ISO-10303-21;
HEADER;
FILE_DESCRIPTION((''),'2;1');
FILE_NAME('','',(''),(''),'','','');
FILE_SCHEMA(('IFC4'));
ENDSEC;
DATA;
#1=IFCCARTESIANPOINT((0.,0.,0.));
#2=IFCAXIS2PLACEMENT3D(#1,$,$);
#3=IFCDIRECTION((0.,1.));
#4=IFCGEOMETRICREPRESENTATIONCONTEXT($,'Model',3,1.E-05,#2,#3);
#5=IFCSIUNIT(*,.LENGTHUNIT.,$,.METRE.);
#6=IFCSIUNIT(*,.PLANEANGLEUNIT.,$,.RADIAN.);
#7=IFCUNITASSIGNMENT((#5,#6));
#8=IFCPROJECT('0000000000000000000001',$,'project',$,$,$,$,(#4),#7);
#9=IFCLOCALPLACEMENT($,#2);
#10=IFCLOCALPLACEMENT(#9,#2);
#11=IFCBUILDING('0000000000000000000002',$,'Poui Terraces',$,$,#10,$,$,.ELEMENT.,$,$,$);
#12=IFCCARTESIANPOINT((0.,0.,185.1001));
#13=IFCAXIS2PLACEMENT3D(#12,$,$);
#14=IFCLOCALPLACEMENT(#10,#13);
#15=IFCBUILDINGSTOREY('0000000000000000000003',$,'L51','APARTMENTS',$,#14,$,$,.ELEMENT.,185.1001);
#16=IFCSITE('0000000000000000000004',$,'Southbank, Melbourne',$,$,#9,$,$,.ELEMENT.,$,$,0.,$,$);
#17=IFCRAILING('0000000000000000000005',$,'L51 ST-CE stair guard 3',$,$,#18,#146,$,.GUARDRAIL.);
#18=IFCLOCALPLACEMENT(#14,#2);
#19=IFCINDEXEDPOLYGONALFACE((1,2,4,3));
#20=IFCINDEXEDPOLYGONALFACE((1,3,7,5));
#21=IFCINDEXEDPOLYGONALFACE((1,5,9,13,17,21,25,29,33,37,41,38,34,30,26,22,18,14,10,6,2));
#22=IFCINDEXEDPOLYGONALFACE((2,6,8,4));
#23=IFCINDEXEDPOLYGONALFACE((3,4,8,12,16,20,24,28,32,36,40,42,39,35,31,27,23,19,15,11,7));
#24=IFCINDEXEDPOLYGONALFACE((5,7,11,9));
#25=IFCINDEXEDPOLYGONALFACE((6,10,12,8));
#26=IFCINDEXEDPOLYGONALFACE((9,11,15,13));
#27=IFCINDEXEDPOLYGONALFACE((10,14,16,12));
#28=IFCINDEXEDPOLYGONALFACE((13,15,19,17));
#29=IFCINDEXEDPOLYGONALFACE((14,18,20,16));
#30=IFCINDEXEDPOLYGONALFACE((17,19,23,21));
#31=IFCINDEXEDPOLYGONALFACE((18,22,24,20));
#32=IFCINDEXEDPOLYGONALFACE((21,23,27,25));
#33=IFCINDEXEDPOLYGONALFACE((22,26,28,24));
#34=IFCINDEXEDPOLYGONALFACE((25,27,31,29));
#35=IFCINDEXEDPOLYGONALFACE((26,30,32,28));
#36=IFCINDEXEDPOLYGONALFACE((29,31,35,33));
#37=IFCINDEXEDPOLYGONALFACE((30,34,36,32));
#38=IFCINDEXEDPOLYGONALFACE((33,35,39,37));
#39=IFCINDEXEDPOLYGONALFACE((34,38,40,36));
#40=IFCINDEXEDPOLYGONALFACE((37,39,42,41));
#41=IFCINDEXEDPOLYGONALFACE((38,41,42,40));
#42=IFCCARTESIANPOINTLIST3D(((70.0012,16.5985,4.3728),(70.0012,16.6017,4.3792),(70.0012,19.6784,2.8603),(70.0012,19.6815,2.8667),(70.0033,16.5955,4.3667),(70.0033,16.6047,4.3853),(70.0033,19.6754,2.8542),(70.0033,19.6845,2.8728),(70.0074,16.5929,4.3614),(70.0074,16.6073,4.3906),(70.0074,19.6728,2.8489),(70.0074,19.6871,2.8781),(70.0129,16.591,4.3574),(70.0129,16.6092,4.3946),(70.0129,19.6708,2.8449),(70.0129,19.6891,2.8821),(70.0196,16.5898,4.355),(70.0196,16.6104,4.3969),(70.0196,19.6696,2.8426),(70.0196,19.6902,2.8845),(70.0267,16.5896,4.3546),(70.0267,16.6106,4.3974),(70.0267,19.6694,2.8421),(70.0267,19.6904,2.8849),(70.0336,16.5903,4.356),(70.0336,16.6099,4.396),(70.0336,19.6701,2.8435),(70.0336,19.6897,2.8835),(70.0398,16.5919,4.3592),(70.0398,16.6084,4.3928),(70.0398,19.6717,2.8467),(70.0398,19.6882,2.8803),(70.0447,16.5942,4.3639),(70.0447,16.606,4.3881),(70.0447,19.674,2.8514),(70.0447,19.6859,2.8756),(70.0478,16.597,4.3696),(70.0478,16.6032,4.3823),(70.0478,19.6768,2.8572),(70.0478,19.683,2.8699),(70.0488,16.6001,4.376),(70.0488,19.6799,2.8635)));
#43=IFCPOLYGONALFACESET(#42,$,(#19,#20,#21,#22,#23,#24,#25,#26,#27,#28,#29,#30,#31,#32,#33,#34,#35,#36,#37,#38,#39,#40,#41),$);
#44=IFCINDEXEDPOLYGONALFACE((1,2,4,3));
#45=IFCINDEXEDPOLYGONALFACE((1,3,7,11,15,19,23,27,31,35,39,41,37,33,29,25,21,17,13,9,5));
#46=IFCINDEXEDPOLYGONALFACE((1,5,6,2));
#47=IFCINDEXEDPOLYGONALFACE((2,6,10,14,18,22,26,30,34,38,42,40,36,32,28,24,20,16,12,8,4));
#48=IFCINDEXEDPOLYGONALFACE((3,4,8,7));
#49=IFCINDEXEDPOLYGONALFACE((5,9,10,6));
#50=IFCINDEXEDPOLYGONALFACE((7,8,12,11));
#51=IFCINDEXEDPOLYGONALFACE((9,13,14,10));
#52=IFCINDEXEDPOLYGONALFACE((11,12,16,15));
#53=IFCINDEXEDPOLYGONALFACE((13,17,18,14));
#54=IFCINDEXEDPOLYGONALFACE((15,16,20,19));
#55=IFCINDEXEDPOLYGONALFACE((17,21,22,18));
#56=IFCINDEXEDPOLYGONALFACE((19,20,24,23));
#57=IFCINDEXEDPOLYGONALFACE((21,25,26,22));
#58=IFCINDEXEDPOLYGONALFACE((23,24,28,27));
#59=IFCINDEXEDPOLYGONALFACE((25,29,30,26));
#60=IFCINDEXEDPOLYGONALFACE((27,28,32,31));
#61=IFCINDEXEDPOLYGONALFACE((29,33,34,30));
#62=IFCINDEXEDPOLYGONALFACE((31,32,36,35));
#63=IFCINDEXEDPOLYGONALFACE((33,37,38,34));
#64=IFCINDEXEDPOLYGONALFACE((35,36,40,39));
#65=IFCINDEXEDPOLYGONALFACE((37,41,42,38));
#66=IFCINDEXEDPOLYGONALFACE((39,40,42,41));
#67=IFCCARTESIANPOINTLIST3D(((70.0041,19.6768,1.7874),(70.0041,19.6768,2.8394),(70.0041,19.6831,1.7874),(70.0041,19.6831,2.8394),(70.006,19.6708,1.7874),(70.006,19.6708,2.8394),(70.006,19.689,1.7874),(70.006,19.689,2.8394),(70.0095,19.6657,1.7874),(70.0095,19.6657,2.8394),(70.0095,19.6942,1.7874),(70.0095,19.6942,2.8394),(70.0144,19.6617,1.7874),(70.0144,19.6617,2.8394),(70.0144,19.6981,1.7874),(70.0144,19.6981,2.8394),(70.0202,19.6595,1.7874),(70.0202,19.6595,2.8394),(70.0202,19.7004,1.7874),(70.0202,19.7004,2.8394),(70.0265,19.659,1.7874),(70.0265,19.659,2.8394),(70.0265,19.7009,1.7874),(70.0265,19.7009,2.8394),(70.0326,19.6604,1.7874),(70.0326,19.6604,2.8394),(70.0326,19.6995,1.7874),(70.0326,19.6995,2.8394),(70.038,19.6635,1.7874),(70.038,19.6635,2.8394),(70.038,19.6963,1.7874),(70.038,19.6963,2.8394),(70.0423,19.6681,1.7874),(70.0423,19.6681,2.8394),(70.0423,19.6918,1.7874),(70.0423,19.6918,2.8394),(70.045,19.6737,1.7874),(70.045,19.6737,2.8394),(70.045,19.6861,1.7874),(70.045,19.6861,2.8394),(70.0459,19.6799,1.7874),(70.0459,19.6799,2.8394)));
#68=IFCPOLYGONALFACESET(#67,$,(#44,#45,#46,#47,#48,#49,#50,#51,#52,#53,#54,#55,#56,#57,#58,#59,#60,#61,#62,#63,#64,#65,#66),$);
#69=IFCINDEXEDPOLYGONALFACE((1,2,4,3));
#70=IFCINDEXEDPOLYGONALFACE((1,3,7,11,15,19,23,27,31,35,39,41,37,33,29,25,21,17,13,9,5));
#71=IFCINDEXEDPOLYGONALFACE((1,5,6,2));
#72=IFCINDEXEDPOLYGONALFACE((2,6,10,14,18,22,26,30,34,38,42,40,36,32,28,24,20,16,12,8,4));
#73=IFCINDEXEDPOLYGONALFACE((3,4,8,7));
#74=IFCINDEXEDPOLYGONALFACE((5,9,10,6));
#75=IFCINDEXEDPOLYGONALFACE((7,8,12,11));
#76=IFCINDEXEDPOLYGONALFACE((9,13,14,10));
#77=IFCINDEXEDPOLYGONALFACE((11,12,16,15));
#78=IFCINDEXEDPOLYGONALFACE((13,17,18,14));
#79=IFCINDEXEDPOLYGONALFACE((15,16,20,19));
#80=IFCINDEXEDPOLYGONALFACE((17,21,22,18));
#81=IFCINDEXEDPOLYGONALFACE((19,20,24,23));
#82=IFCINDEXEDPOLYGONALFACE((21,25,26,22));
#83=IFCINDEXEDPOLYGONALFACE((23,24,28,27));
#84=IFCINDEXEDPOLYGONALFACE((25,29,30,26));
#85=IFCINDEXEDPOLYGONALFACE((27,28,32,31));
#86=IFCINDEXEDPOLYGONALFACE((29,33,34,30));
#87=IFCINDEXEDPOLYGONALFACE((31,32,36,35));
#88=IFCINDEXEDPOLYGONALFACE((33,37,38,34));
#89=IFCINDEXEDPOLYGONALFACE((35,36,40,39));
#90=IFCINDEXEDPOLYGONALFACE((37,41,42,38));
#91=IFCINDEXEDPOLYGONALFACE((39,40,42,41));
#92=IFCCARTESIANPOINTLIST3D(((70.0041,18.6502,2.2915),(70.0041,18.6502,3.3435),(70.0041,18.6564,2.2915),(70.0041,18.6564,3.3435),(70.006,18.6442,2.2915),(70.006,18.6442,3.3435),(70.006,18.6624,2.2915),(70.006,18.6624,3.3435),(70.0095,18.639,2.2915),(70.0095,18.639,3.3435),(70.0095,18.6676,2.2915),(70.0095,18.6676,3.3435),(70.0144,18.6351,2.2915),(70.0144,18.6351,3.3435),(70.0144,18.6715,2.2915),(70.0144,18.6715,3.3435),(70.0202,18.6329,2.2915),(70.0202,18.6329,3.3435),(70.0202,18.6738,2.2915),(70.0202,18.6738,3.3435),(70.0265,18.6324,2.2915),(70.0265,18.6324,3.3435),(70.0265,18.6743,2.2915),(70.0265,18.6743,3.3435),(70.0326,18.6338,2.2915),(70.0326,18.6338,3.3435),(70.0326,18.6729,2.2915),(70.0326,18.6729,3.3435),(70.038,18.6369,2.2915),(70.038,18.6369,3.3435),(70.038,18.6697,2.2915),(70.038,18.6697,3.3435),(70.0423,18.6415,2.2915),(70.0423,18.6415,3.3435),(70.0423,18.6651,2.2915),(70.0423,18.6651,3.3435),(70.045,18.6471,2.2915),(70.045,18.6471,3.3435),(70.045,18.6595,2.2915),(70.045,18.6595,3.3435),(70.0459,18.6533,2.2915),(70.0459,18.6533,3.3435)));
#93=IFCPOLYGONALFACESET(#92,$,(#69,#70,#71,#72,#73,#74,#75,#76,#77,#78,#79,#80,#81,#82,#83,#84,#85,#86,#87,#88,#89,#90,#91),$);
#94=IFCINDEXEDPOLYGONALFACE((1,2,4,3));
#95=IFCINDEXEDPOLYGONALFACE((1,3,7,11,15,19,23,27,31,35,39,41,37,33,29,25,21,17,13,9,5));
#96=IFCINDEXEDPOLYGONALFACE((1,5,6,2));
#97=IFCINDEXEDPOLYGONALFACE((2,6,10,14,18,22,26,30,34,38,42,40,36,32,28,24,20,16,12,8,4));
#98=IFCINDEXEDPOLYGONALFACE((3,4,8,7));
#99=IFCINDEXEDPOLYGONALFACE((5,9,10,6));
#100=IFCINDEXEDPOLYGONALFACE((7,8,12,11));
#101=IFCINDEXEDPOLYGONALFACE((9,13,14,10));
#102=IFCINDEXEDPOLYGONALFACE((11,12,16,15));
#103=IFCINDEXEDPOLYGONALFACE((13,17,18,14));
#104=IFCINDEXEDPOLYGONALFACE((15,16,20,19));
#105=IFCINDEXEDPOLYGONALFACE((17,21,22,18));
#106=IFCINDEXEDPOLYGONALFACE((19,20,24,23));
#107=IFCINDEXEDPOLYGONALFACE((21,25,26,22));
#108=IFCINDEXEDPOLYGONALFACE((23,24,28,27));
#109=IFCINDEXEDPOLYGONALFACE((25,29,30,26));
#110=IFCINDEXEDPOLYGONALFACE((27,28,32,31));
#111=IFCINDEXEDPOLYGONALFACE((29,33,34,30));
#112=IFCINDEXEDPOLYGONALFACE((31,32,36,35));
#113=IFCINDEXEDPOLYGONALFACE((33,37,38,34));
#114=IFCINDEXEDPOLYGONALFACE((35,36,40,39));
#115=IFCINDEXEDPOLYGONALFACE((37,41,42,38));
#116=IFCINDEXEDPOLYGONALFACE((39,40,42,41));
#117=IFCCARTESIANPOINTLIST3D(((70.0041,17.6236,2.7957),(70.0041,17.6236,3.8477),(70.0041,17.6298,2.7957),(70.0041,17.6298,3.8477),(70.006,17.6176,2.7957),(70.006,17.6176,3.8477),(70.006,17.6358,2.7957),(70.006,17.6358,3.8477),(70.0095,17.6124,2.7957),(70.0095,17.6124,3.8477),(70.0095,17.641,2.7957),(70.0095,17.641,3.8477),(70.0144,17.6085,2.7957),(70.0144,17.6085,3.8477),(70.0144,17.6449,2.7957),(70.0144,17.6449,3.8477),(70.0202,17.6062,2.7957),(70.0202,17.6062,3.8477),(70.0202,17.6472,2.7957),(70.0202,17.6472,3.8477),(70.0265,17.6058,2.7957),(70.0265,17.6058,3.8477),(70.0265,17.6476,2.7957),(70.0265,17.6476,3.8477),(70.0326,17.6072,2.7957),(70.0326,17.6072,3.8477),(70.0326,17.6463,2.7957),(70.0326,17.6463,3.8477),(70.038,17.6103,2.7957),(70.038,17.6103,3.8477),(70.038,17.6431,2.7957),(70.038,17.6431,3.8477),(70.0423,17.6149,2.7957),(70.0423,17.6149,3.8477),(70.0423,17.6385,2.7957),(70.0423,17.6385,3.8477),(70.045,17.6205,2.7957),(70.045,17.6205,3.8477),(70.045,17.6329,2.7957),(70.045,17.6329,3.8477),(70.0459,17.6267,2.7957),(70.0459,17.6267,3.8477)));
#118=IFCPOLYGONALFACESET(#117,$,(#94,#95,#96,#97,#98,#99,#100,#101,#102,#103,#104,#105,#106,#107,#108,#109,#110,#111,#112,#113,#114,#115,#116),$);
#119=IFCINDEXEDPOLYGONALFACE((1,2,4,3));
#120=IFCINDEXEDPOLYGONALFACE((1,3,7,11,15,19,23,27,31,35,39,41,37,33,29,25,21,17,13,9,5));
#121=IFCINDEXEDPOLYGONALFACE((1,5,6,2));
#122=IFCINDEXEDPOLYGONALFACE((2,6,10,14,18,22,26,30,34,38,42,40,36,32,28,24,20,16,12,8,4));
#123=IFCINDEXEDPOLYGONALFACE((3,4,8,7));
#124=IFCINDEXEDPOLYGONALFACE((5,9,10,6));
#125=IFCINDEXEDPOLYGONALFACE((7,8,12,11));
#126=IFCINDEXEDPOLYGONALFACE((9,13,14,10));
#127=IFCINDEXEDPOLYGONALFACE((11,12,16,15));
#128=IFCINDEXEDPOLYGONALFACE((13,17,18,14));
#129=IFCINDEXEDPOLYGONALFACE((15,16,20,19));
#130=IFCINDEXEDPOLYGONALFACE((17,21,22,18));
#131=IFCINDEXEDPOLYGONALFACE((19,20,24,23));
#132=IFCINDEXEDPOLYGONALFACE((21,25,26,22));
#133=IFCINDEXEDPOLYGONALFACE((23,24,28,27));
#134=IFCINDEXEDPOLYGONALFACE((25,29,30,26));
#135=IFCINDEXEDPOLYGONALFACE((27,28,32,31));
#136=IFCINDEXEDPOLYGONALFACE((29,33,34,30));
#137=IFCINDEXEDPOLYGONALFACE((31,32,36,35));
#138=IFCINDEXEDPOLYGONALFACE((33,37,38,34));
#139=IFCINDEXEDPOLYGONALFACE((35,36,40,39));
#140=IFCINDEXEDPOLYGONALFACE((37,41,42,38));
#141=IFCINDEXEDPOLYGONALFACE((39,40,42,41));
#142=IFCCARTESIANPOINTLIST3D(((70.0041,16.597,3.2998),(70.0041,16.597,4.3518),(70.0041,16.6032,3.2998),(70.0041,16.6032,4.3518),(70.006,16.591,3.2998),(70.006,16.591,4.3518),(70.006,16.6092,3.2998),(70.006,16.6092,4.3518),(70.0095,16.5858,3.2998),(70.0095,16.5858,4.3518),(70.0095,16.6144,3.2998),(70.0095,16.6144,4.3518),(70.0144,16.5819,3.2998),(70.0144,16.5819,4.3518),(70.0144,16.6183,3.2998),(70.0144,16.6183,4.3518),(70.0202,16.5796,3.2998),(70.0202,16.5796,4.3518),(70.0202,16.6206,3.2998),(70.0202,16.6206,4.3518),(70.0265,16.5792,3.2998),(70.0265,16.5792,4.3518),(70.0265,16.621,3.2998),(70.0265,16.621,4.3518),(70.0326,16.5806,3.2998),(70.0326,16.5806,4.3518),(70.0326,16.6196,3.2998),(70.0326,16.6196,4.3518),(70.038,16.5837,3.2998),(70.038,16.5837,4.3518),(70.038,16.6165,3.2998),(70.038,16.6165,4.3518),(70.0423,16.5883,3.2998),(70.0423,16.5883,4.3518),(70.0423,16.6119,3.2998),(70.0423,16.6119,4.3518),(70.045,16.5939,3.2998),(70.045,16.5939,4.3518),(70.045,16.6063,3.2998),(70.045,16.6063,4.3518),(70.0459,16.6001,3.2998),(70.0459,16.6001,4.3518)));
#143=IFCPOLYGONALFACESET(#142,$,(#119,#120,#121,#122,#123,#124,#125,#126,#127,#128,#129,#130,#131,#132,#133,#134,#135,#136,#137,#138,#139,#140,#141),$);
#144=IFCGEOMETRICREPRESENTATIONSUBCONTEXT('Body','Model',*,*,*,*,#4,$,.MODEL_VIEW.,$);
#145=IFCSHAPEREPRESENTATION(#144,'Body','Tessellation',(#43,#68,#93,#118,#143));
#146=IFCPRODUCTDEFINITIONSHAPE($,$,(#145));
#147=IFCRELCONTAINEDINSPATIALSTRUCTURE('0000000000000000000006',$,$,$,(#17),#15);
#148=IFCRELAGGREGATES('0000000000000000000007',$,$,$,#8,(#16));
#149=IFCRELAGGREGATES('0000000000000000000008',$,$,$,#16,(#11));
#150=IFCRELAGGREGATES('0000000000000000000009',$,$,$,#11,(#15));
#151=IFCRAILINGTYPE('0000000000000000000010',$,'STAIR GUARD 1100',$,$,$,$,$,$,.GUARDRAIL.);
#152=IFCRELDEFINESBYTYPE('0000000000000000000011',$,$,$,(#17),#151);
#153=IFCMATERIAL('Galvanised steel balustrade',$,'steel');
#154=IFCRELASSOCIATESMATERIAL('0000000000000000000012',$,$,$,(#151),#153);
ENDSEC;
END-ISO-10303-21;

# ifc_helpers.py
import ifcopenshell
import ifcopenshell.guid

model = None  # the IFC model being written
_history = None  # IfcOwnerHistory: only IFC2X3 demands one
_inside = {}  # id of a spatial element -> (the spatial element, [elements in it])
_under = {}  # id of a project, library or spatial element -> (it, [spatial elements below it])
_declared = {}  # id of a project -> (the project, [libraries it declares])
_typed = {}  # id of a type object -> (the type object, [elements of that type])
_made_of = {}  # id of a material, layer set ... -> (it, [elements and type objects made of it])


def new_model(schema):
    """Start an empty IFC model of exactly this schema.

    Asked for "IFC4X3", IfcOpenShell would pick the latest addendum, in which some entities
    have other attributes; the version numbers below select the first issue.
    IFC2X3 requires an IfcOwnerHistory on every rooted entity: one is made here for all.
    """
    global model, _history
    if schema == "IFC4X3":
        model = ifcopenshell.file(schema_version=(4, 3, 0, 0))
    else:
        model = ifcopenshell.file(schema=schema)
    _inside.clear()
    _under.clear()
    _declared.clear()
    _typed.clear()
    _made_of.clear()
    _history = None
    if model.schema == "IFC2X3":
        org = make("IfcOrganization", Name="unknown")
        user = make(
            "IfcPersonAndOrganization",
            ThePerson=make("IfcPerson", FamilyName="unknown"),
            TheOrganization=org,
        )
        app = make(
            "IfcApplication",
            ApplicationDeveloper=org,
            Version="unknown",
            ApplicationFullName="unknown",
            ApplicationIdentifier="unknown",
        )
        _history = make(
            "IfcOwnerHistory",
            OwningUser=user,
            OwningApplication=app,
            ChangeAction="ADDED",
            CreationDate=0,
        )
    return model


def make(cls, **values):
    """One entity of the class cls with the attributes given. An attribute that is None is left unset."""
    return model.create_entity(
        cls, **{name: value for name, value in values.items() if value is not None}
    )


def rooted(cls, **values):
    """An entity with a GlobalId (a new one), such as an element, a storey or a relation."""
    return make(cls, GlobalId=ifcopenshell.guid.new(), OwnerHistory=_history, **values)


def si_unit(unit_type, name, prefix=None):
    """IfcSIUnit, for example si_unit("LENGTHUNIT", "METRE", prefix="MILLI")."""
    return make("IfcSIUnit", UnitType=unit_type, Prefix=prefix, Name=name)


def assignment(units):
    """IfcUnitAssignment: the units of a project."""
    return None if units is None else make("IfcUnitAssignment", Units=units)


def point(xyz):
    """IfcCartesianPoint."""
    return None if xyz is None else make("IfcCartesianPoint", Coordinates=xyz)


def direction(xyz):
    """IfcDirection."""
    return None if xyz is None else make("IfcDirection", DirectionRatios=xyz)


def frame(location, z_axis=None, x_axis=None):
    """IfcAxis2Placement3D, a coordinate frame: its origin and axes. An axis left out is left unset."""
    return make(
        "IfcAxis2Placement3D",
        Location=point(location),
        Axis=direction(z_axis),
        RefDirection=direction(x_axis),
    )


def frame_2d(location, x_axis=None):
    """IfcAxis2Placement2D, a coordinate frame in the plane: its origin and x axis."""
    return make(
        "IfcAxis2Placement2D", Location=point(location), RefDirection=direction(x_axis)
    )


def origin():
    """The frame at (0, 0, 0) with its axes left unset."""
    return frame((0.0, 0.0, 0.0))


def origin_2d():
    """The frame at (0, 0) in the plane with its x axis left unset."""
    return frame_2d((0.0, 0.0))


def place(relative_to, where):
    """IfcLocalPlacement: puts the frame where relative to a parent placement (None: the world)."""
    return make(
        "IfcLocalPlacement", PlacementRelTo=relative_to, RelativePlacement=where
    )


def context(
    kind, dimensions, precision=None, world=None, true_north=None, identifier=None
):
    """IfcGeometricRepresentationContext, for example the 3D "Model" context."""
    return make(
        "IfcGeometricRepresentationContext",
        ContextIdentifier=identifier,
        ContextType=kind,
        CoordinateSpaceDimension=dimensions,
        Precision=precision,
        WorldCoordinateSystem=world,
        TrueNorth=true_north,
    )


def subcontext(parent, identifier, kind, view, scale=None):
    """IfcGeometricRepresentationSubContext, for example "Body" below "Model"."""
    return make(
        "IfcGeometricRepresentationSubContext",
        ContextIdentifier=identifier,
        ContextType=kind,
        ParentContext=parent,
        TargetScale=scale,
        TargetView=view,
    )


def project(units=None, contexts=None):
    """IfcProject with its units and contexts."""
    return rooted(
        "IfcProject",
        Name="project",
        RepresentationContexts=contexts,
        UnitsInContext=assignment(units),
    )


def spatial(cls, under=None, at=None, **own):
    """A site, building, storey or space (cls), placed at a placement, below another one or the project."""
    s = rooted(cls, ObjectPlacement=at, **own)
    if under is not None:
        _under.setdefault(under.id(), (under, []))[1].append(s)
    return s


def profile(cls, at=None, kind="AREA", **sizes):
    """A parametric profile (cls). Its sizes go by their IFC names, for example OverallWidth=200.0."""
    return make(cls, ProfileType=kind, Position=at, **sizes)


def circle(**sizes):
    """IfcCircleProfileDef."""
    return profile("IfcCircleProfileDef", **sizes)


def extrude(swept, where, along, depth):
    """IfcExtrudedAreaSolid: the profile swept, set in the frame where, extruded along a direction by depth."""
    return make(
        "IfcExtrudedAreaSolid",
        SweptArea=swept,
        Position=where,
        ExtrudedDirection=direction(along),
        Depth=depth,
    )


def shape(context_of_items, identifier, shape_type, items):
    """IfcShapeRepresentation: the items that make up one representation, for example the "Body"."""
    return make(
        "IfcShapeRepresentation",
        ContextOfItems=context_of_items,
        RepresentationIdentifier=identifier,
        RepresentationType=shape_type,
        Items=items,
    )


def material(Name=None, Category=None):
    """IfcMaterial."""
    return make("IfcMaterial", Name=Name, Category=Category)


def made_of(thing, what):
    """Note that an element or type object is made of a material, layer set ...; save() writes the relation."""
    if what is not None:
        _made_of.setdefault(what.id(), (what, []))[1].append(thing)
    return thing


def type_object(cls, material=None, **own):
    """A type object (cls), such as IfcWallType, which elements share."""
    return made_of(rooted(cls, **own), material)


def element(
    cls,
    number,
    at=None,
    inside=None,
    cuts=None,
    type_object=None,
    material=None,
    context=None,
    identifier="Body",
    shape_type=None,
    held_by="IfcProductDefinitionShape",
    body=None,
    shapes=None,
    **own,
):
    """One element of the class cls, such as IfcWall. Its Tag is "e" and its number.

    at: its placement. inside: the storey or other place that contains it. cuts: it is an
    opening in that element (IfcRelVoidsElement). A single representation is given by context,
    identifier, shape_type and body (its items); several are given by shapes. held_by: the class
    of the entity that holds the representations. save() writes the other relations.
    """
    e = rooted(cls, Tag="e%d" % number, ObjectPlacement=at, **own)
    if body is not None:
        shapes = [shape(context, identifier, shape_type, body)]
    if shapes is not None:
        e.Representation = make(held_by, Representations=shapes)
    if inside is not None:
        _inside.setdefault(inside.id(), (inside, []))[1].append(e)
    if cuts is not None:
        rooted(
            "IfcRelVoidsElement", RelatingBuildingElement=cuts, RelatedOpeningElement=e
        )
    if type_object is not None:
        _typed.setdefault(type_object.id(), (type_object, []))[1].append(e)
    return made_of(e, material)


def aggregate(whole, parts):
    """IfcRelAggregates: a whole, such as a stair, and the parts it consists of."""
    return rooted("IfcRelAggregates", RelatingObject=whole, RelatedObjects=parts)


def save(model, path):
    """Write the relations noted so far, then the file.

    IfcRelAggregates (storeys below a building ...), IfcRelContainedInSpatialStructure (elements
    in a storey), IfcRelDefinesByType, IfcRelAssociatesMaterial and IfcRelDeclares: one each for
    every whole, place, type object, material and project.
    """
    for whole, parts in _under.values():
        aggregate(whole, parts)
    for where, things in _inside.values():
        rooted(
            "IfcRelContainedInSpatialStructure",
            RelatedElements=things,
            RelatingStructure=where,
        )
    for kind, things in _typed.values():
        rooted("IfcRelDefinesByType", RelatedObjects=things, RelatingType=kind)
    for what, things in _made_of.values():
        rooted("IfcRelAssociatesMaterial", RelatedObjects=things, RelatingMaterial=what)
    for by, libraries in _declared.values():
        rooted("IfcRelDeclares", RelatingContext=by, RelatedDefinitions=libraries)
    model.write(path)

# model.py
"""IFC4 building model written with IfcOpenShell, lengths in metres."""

from ifc_helpers import new_model, si_unit, direction, frame, origin, origin_2d, place, context, subcontext, project, spatial, circle, extrude, material, type_object, element, save


model = new_model("IFC4")

# Units and contexts
model_context = context("Model", 3, precision=1e-05, world=origin(), true_north=direction((0.0, 1.0)))
body_context = subcontext(model_context, "Body", "Model", "MODEL_VIEW")
ifc_project = project(units=[si_unit("LENGTHUNIT", "METRE"), si_unit("PLANEANGLEUNIT", "RADIAN")], contexts=[model_context])

# Site, building, storey
site_placement = place(None, origin())
site = spatial("IfcSite", under=ifc_project, at=site_placement, Name="Southbank, Melbourne", CompositionType="ELEMENT", RefElevation=0.0)
building_placement = place(site_placement, origin())
building = spatial("IfcBuilding", under=site, at=building_placement, Name="Poui Terraces", CompositionType="ELEMENT")
storey_placement = place(building_placement, frame((0.0, 0.0, 185.1001)))
storey = spatial("IfcBuildingStorey", under=building, at=storey_placement, Name="L51", Description="APARTMENTS", CompositionType="ELEMENT", Elevation=185.1001)

# Railing
ifc_material_1 = material(Name="Galvanised steel balustrade", Category="steel")
railing_type_1 = type_object("IfcRailingType", Name="STAIR GUARD 1100", PredefinedType="GUARDRAIL", material=ifc_material_1)
railing_1_placement = place(storey_placement, frame((70.0249, 19.6799, 1.7874)))
element("IfcRailing", 1, at=railing_1_placement, inside=storey, type_object=railing_type_1, Name="L51 ST-CE stair guard 3", PredefinedType="GUARDRAIL", context=body_context, shape_type="SweptSolid", body=[
    extrude(circle(Radius=0.0239, at=origin_2d()), frame((0.0, 0.0, 1.0762), z_axis=(0.0, -0.897606, 0.440798), x_axis=(1.0, 0.0, 0.0)), (0.0, 0.0, 1.0), 3.4312),
    extrude(circle(Radius=0.021, at=origin_2d()), origin(), (0.0, 0.0, 1.0), 1.052),
    extrude(circle(Radius=0.021, at=origin_2d()), frame((0.0, -1.0266, 0.5042)), (0.0, 0.0, 1.0), 1.052),
    extrude(circle(Radius=0.021, at=origin_2d()), frame((0.0, -2.0532, 1.0083)), (0.0, 0.0, 1.0), 1.052),
    extrude(circle(Radius=0.021, at=origin_2d()), frame((0.0, -3.0798, 1.5125)), (0.0, 0.0, 1.0), 1.052),
])

save(model, "model.ifc")
